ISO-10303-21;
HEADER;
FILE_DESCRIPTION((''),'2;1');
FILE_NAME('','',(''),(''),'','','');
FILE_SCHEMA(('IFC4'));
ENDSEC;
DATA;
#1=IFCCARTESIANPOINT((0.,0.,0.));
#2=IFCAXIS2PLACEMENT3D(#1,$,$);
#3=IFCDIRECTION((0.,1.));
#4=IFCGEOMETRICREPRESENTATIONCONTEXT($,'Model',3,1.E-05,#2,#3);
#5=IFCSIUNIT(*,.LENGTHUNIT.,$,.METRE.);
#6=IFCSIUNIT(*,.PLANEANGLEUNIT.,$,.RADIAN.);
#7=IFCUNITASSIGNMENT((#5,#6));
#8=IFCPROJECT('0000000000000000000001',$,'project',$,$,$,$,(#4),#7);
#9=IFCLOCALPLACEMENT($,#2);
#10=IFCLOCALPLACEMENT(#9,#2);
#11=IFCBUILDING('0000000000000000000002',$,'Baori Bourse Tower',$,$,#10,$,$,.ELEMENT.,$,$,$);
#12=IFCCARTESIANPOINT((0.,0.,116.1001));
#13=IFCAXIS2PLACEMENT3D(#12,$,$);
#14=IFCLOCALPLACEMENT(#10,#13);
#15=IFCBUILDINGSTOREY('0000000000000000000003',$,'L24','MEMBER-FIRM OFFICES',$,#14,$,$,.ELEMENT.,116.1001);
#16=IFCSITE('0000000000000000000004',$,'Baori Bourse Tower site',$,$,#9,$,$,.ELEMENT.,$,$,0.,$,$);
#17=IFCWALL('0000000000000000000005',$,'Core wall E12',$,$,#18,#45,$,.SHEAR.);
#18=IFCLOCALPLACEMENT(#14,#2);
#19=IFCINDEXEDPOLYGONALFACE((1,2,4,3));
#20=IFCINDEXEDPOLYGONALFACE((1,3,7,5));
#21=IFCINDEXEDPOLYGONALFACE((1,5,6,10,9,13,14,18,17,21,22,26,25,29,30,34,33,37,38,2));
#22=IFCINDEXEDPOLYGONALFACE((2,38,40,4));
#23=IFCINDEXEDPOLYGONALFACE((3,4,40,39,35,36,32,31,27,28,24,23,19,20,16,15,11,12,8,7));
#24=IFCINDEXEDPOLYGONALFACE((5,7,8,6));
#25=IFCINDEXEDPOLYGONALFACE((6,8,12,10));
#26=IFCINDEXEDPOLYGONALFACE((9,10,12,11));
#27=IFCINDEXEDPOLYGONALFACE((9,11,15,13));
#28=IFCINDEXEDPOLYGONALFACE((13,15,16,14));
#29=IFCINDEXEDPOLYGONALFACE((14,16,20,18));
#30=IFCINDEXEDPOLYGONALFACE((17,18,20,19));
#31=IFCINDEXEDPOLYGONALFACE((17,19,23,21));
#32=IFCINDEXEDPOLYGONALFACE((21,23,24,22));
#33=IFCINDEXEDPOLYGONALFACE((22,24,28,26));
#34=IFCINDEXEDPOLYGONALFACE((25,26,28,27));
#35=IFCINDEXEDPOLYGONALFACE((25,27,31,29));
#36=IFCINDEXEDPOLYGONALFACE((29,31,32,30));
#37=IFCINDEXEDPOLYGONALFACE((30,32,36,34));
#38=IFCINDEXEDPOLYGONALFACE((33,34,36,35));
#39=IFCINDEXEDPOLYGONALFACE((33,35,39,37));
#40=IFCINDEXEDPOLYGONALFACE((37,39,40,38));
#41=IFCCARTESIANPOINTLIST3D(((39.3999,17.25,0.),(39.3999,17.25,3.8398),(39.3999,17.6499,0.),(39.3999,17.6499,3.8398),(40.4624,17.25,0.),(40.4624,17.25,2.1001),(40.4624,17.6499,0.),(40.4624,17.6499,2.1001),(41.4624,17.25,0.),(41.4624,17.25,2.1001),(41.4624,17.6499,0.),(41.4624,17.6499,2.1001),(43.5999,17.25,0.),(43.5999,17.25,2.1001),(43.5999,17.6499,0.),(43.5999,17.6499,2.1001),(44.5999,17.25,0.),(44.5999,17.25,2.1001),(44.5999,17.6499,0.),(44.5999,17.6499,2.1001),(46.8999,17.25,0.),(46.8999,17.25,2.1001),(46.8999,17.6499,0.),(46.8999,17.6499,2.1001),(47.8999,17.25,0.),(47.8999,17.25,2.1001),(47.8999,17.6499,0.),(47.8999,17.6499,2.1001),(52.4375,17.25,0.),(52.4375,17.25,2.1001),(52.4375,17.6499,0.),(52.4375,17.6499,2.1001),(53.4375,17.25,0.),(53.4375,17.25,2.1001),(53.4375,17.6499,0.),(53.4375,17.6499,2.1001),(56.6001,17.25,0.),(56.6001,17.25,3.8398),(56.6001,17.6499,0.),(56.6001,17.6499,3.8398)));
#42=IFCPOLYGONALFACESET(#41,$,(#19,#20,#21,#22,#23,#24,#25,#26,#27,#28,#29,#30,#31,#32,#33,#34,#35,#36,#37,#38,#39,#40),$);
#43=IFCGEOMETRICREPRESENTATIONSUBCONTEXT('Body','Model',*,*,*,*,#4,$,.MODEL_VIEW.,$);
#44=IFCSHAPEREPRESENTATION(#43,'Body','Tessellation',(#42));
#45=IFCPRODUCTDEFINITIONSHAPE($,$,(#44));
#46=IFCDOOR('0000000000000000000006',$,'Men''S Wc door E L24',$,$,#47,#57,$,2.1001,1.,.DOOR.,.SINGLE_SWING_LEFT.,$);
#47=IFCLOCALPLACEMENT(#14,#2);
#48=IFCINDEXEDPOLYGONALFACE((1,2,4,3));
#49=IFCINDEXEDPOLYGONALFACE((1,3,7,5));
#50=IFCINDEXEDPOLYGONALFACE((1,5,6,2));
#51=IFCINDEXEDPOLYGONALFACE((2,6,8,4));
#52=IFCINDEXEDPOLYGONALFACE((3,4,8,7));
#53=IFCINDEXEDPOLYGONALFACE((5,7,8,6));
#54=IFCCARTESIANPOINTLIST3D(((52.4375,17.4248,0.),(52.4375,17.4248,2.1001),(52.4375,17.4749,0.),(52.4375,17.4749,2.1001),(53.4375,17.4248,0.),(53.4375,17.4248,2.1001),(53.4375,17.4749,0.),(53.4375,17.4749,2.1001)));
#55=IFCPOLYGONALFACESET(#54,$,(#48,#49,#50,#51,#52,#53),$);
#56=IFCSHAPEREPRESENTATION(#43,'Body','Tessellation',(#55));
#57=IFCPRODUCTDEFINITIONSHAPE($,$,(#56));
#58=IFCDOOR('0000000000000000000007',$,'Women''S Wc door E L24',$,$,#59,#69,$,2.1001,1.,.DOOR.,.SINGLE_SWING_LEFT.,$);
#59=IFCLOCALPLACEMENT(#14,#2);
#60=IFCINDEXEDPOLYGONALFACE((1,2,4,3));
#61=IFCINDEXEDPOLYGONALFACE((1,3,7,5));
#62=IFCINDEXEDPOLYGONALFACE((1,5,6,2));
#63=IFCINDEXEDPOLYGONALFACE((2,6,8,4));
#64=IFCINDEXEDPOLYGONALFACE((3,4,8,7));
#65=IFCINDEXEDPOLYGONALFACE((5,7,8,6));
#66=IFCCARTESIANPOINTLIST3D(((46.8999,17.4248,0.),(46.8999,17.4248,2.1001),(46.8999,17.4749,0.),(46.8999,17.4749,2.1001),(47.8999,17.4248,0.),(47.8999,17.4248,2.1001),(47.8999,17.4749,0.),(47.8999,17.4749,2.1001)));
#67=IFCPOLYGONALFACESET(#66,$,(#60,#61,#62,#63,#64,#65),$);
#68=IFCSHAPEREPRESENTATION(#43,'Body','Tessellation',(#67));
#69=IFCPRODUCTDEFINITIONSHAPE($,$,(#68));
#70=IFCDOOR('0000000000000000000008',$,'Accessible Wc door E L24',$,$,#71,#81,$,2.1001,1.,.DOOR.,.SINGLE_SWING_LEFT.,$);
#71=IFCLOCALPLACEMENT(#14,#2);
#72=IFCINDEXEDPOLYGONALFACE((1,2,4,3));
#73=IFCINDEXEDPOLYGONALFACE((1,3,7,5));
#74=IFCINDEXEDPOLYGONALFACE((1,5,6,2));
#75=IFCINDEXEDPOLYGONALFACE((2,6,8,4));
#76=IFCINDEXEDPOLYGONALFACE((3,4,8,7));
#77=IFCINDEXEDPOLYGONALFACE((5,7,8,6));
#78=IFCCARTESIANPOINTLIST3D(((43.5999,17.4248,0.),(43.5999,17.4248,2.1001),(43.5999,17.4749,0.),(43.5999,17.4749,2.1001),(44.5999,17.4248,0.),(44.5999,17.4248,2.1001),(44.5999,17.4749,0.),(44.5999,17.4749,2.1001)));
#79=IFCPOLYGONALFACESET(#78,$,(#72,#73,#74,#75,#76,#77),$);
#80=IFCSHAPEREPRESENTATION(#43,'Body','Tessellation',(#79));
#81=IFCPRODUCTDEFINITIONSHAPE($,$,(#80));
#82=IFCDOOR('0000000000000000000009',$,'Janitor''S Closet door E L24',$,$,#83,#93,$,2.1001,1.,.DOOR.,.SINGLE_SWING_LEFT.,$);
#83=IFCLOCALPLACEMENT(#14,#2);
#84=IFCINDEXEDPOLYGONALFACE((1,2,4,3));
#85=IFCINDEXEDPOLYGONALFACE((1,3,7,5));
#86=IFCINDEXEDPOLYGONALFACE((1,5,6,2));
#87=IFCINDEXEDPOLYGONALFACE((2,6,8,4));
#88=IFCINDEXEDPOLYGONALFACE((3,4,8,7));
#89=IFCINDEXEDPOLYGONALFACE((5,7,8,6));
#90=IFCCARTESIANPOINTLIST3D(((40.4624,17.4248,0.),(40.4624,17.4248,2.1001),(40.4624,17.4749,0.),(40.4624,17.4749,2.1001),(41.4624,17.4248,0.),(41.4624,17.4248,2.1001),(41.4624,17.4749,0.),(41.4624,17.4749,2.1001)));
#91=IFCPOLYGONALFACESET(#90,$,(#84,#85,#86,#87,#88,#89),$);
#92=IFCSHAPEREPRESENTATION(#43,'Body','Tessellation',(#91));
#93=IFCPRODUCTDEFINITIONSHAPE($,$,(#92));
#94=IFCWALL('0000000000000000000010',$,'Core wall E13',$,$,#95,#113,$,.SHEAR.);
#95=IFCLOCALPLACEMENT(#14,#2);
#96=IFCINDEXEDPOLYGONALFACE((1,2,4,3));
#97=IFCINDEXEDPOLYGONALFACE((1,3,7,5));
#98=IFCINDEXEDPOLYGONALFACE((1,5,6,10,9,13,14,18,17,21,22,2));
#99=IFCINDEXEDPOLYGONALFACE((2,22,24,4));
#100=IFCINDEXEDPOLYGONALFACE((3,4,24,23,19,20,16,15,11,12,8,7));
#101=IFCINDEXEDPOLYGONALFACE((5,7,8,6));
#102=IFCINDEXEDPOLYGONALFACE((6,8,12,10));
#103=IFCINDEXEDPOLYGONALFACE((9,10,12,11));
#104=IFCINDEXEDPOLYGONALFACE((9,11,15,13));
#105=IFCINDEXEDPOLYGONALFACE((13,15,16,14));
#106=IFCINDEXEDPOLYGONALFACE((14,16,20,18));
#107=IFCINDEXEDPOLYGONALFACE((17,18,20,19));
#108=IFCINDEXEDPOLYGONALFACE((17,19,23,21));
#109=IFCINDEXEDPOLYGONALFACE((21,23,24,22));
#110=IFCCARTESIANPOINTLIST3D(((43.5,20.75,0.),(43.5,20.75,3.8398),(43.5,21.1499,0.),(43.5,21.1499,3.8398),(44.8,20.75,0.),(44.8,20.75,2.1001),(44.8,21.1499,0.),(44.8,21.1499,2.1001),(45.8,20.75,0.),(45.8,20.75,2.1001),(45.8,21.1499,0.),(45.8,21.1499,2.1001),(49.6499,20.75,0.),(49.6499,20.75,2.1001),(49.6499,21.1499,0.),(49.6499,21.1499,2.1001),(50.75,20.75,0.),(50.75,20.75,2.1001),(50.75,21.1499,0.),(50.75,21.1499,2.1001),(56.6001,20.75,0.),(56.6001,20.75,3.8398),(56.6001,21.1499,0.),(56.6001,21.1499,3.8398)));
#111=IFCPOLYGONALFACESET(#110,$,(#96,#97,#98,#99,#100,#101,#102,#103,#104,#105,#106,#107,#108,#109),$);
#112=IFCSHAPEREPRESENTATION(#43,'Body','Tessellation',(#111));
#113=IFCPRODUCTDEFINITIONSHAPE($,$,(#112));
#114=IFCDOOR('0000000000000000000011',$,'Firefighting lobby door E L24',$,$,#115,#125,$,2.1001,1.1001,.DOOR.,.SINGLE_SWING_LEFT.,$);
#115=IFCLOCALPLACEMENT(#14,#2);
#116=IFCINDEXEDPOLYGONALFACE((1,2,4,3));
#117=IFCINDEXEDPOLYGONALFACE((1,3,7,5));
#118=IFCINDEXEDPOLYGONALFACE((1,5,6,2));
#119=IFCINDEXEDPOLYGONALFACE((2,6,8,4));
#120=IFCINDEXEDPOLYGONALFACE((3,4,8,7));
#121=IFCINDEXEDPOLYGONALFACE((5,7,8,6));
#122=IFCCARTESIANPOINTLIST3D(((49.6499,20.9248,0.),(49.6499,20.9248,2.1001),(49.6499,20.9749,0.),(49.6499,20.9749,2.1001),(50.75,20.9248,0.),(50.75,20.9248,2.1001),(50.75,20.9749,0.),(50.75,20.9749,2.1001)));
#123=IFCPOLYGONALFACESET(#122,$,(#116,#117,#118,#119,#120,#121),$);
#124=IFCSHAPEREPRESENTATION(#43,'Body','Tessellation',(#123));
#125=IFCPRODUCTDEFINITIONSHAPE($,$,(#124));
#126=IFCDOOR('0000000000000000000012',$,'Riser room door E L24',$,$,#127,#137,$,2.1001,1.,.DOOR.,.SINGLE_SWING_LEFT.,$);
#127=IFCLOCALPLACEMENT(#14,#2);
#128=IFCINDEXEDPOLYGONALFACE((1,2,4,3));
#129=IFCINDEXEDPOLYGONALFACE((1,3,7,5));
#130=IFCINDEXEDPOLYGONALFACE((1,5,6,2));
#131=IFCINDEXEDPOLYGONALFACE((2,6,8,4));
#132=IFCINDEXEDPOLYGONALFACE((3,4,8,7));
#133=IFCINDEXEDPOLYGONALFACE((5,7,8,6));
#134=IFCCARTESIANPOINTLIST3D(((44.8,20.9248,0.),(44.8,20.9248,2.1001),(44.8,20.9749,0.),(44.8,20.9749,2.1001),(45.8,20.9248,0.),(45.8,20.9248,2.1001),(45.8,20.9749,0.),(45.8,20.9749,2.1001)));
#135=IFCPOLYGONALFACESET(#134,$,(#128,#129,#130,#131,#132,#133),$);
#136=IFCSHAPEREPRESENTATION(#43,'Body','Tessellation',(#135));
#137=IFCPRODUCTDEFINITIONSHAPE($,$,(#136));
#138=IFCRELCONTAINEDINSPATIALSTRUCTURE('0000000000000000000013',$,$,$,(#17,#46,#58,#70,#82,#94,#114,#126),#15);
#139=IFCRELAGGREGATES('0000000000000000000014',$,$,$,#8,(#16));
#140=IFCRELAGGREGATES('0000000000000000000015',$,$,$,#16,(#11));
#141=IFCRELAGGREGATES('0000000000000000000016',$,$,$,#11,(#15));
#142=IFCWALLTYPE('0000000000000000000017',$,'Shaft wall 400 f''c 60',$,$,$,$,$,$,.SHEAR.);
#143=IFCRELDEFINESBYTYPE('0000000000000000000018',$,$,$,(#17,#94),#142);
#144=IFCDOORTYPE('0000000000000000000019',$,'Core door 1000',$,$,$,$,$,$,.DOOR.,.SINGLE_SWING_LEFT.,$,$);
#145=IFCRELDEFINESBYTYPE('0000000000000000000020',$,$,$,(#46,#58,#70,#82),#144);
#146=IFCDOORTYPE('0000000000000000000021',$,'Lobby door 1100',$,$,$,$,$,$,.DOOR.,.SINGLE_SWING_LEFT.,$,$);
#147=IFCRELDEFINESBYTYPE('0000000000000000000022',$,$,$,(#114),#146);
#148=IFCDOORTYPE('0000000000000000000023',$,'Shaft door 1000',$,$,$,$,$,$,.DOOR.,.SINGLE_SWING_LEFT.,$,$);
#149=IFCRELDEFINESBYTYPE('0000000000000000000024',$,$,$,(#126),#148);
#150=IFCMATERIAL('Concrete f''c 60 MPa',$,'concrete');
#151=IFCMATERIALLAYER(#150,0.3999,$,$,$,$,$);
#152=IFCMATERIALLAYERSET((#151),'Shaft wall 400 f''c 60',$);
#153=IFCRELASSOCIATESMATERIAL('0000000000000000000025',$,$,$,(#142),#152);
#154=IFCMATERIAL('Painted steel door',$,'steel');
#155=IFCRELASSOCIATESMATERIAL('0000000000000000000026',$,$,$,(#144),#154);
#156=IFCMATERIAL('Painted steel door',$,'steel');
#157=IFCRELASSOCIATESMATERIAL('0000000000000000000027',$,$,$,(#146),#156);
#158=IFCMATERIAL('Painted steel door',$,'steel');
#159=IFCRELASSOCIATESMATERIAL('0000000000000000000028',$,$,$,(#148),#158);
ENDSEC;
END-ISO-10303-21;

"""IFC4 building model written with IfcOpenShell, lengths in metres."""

from ifc_helpers import new_model, si_unit, direction, frame, frame_2d, origin, place, context, subcontext, project, spatial, rectangle, extrude, material, layer, layer_set, type_object, element, fill, save


model = new_model("IFC4")

# Units and contexts
model_context = context("Model", 3, precision=1e-05, world=origin(), true_north=direction((0.0, 1.0)))
body_context = subcontext(model_context, "Body", "Model", "MODEL_VIEW")
ifc_project = project(units=[si_unit("LENGTHUNIT", "METRE"), si_unit("PLANEANGLEUNIT", "RADIAN")], contexts=[model_context])

# Site, building, storey
site_placement = place(None, origin())
site = spatial("IfcSite", under=ifc_project, at=site_placement, Name="Baori Bourse Tower site", CompositionType="ELEMENT", RefElevation=0.0)
building_placement = place(site_placement, origin())
building = spatial("IfcBuilding", under=site, at=building_placement, Name="Baori Bourse Tower", CompositionType="ELEMENT")
storey_placement = place(building_placement, frame((0.0, 0.0, 116.1001)))
storey = spatial("IfcBuildingStorey", under=building, at=storey_placement, Name="L24", Description="MEMBER-FIRM OFFICES", CompositionType="ELEMENT", Elevation=116.1001)

# Shared definitions
ifc_material_1 = material(Name="Concrete f'c 60 MPa", Category="concrete")
ifc_layer_1 = layer(ifc_material_1, 0.3999)
ifc_layer_set_1 = layer_set([ifc_layer_1], Name="Shaft wall 400 f'c 60")
wall_type_1 = type_object("IfcWallType", Name="Shaft wall 400 f'c 60", PredefinedType="SHEAR", material=ifc_layer_set_1)

# Walls, openings, doors
wall_1_placement = place(storey_placement, frame((39.3999, 17.45, 0.0), z_axis=(0.0, 0.0, 1.0), x_axis=(1.0, 0.0, 0.0)))
wall_1 = element("IfcWall", 1, at=wall_1_placement, inside=storey, type_object=wall_type_1, Name="Core wall E12", PredefinedType="SHEAR", context=body_context, shape_type="SweptSolid", body=[
    extrude(rectangle(XDim=17.2002, YDim=0.3999, at=frame_2d((8.6001, 0.0))), origin(), (0.0, 0.0, 1.0), 3.8398),
])
opening_1_placement = place(wall_1_placement, frame((13.0376, 0.0, 0.0)))
opening_1 = element("IfcOpeningElement", 2, at=opening_1_placement, cuts=wall_1, PredefinedType="OPENING", context=body_context, shape_type="SweptSolid", body=[
    extrude(rectangle(XDim=1.0, YDim=2.1001, at=frame_2d((0.5, 1.05))), frame((0.0, 0.21, 0.0), z_axis=(0.0, -1.0, 0.0), x_axis=(1.0, 0.0, 0.0)), (0.0, 0.0, 1.0), 0.4199),
])
opening_2_placement = place(wall_1_placement, frame((7.5, 0.0, 0.0)))
opening_2 = element("IfcOpeningElement", 3, at=opening_2_placement, cuts=wall_1, PredefinedType="OPENING", context=body_context, shape_type="SweptSolid", body=[
    extrude(rectangle(XDim=1.0, YDim=2.1001, at=frame_2d((0.5, 1.05))), frame((0.0, 0.21, 0.0), z_axis=(0.0, -1.0, 0.0), x_axis=(1.0, 0.0, 0.0)), (0.0, 0.0, 1.0), 0.4199),
])
opening_3_placement = place(wall_1_placement, frame((4.2, 0.0, 0.0)))
opening_3 = element("IfcOpeningElement", 4, at=opening_3_placement, cuts=wall_1, PredefinedType="OPENING", context=body_context, shape_type="SweptSolid", body=[
    extrude(rectangle(XDim=1.0, YDim=2.1001, at=frame_2d((0.5, 1.05))), frame((0.0, 0.21, 0.0), z_axis=(0.0, -1.0, 0.0), x_axis=(1.0, 0.0, 0.0)), (0.0, 0.0, 1.0), 0.4199),
])
opening_4_placement = place(wall_1_placement, frame((1.0625, 0.0, 0.0)))
opening_4 = element("IfcOpeningElement", 5, at=opening_4_placement, cuts=wall_1, PredefinedType="OPENING", context=body_context, shape_type="SweptSolid", body=[
    extrude(rectangle(XDim=1.0, YDim=2.1001, at=frame_2d((0.5, 1.05))), frame((0.0, 0.21, 0.0), z_axis=(0.0, -1.0, 0.0), x_axis=(1.0, 0.0, 0.0)), (0.0, 0.0, 1.0), 0.4199),
])
ifc_material_2 = material(Name="Painted steel door", Category="steel")
door_type_1 = type_object("IfcDoorType", Name="Core door 1000", OperationType="SINGLE_SWING_LEFT", PredefinedType="DOOR", material=ifc_material_2)
door_1_placement = place(opening_1_placement, origin())
door_1 = element("IfcDoor", 6, at=door_1_placement, inside=storey, type_object=door_type_1, Name="Men'S Wc door E L24", OperationType="SINGLE_SWING_LEFT", OverallHeight=2.1001, OverallWidth=1.0, PredefinedType="DOOR", context=body_context, shape_type="SweptSolid", body=[
    extrude(rectangle(XDim=1.0, YDim=2.1001, at=frame_2d((0.5, 1.05))), frame((0.0, 0.0249, 0.0), z_axis=(0.0, -1.0, 0.0), x_axis=(1.0, 0.0, 0.0)), (0.0, 0.0, 1.0), 0.05),
])
fill(opening_1, door_1)
door_2_placement = place(opening_2_placement, origin())
door_2 = element("IfcDoor", 7, at=door_2_placement, inside=storey, type_object=door_type_1, Name="Women'S Wc door E L24", OperationType="SINGLE_SWING_LEFT", OverallHeight=2.1001, OverallWidth=1.0, PredefinedType="DOOR", context=body_context, shape_type="SweptSolid", body=[
    extrude(rectangle(XDim=1.0, YDim=2.1001, at=frame_2d((0.5, 1.05))), frame((0.0, 0.0249, 0.0), z_axis=(0.0, -1.0, 0.0), x_axis=(1.0, 0.0, 0.0)), (0.0, 0.0, 1.0), 0.05),
])
fill(opening_2, door_2)
door_3_placement = place(opening_3_placement, origin())
door_3 = element("IfcDoor", 8, at=door_3_placement, inside=storey, type_object=door_type_1, Name="Accessible Wc door E L24", OperationType="SINGLE_SWING_LEFT", OverallHeight=2.1001, OverallWidth=1.0, PredefinedType="DOOR", context=body_context, shape_type="SweptSolid", body=[
    extrude(rectangle(XDim=1.0, YDim=2.1001, at=frame_2d((0.5, 1.05))), frame((0.0, 0.0249, 0.0), z_axis=(0.0, -1.0, 0.0), x_axis=(1.0, 0.0, 0.0)), (0.0, 0.0, 1.0), 0.05),
])
fill(opening_3, door_3)
door_4_placement = place(opening_4_placement, origin())
door_4 = element("IfcDoor", 9, at=door_4_placement, inside=storey, type_object=door_type_1, Name="Janitor'S Closet door E L24", OperationType="SINGLE_SWING_LEFT", OverallHeight=2.1001, OverallWidth=1.0, PredefinedType="DOOR", context=body_context, shape_type="SweptSolid", body=[
    extrude(rectangle(XDim=1.0, YDim=2.1001, at=frame_2d((0.5, 1.05))), frame((0.0, 0.0249, 0.0), z_axis=(0.0, -1.0, 0.0), x_axis=(1.0, 0.0, 0.0)), (0.0, 0.0, 1.0), 0.05),
])
fill(opening_4, door_4)
wall_2_placement = place(storey_placement, frame((43.5, 20.95, 0.0), z_axis=(0.0, 0.0, 1.0), x_axis=(1.0, 0.0, 0.0)))
wall_2 = element("IfcWall", 10, at=wall_2_placement, inside=storey, type_object=wall_type_1, Name="Core wall E13", PredefinedType="SHEAR", context=body_context, shape_type="SweptSolid", body=[
    extrude(rectangle(XDim=13.1001, YDim=0.3999, at=frame_2d((6.55, 0.0))), origin(), (0.0, 0.0, 1.0), 3.8398),
])
opening_5_placement = place(wall_2_placement, frame((6.1499, 0.0, 0.0)))
opening_5 = element("IfcOpeningElement", 11, at=opening_5_placement, cuts=wall_2, PredefinedType="OPENING", context=body_context, shape_type="SweptSolid", body=[
    extrude(rectangle(XDim=1.1001, YDim=2.1001, at=frame_2d((0.55, 1.05))), frame((0.0, 0.21, 0.0), z_axis=(0.0, -1.0, 0.0), x_axis=(1.0, 0.0, 0.0)), (0.0, 0.0, 1.0), 0.4199),
])
opening_6_placement = place(wall_2_placement, frame((1.3, 0.0, 0.0)))
opening_6 = element("IfcOpeningElement", 12, at=opening_6_placement, cuts=wall_2, PredefinedType="OPENING", context=body_context, shape_type="SweptSolid", body=[
    extrude(rectangle(XDim=1.0, YDim=2.1001, at=frame_2d((0.5, 1.05))), frame((0.0, 0.21, 0.0), z_axis=(0.0, -1.0, 0.0), x_axis=(1.0, 0.0, 0.0)), (0.0, 0.0, 1.0), 0.4199),
])
ifc_material_3 = material(Name="Painted steel door", Category="steel")
door_type_2 = type_object("IfcDoorType", Name="Lobby door 1100", OperationType="SINGLE_SWING_LEFT", PredefinedType="DOOR", material=ifc_material_3)
door_5_placement = place(opening_5_placement, origin())
door_5 = element("IfcDoor", 13, at=door_5_placement, inside=storey, type_object=door_type_2, Name="Firefighting lobby door E L24", OperationType="SINGLE_SWING_LEFT", OverallHeight=2.1001, OverallWidth=1.1001, PredefinedType="DOOR", context=body_context, shape_type="SweptSolid", body=[
    extrude(rectangle(XDim=1.1001, YDim=2.1001, at=frame_2d((0.55, 1.05))), frame((0.0, 0.0249, 0.0), z_axis=(0.0, -1.0, 0.0), x_axis=(1.0, 0.0, 0.0)), (0.0, 0.0, 1.0), 0.05),
])
fill(opening_5, door_5)
ifc_material_4 = material(Name="Painted steel door", Category="steel")
door_type_3 = type_object("IfcDoorType", Name="Shaft door 1000", OperationType="SINGLE_SWING_LEFT", PredefinedType="DOOR", material=ifc_material_4)
door_6_placement = place(opening_6_placement, origin())
door_6 = element("IfcDoor", 14, at=door_6_placement, inside=storey, type_object=door_type_3, Name="Riser room door E L24", OperationType="SINGLE_SWING_LEFT", OverallHeight=2.1001, OverallWidth=1.0, PredefinedType="DOOR", context=body_context, shape_type="SweptSolid", body=[
    extrude(rectangle(XDim=1.0, YDim=2.1001, at=frame_2d((0.5, 1.05))), frame((0.0, 0.0249, 0.0), z_axis=(0.0, -1.0, 0.0), x_axis=(1.0, 0.0, 0.0)), (0.0, 0.0, 1.0), 0.05),
])
fill(opening_6, door_6)

save(model, "model.ifc")
